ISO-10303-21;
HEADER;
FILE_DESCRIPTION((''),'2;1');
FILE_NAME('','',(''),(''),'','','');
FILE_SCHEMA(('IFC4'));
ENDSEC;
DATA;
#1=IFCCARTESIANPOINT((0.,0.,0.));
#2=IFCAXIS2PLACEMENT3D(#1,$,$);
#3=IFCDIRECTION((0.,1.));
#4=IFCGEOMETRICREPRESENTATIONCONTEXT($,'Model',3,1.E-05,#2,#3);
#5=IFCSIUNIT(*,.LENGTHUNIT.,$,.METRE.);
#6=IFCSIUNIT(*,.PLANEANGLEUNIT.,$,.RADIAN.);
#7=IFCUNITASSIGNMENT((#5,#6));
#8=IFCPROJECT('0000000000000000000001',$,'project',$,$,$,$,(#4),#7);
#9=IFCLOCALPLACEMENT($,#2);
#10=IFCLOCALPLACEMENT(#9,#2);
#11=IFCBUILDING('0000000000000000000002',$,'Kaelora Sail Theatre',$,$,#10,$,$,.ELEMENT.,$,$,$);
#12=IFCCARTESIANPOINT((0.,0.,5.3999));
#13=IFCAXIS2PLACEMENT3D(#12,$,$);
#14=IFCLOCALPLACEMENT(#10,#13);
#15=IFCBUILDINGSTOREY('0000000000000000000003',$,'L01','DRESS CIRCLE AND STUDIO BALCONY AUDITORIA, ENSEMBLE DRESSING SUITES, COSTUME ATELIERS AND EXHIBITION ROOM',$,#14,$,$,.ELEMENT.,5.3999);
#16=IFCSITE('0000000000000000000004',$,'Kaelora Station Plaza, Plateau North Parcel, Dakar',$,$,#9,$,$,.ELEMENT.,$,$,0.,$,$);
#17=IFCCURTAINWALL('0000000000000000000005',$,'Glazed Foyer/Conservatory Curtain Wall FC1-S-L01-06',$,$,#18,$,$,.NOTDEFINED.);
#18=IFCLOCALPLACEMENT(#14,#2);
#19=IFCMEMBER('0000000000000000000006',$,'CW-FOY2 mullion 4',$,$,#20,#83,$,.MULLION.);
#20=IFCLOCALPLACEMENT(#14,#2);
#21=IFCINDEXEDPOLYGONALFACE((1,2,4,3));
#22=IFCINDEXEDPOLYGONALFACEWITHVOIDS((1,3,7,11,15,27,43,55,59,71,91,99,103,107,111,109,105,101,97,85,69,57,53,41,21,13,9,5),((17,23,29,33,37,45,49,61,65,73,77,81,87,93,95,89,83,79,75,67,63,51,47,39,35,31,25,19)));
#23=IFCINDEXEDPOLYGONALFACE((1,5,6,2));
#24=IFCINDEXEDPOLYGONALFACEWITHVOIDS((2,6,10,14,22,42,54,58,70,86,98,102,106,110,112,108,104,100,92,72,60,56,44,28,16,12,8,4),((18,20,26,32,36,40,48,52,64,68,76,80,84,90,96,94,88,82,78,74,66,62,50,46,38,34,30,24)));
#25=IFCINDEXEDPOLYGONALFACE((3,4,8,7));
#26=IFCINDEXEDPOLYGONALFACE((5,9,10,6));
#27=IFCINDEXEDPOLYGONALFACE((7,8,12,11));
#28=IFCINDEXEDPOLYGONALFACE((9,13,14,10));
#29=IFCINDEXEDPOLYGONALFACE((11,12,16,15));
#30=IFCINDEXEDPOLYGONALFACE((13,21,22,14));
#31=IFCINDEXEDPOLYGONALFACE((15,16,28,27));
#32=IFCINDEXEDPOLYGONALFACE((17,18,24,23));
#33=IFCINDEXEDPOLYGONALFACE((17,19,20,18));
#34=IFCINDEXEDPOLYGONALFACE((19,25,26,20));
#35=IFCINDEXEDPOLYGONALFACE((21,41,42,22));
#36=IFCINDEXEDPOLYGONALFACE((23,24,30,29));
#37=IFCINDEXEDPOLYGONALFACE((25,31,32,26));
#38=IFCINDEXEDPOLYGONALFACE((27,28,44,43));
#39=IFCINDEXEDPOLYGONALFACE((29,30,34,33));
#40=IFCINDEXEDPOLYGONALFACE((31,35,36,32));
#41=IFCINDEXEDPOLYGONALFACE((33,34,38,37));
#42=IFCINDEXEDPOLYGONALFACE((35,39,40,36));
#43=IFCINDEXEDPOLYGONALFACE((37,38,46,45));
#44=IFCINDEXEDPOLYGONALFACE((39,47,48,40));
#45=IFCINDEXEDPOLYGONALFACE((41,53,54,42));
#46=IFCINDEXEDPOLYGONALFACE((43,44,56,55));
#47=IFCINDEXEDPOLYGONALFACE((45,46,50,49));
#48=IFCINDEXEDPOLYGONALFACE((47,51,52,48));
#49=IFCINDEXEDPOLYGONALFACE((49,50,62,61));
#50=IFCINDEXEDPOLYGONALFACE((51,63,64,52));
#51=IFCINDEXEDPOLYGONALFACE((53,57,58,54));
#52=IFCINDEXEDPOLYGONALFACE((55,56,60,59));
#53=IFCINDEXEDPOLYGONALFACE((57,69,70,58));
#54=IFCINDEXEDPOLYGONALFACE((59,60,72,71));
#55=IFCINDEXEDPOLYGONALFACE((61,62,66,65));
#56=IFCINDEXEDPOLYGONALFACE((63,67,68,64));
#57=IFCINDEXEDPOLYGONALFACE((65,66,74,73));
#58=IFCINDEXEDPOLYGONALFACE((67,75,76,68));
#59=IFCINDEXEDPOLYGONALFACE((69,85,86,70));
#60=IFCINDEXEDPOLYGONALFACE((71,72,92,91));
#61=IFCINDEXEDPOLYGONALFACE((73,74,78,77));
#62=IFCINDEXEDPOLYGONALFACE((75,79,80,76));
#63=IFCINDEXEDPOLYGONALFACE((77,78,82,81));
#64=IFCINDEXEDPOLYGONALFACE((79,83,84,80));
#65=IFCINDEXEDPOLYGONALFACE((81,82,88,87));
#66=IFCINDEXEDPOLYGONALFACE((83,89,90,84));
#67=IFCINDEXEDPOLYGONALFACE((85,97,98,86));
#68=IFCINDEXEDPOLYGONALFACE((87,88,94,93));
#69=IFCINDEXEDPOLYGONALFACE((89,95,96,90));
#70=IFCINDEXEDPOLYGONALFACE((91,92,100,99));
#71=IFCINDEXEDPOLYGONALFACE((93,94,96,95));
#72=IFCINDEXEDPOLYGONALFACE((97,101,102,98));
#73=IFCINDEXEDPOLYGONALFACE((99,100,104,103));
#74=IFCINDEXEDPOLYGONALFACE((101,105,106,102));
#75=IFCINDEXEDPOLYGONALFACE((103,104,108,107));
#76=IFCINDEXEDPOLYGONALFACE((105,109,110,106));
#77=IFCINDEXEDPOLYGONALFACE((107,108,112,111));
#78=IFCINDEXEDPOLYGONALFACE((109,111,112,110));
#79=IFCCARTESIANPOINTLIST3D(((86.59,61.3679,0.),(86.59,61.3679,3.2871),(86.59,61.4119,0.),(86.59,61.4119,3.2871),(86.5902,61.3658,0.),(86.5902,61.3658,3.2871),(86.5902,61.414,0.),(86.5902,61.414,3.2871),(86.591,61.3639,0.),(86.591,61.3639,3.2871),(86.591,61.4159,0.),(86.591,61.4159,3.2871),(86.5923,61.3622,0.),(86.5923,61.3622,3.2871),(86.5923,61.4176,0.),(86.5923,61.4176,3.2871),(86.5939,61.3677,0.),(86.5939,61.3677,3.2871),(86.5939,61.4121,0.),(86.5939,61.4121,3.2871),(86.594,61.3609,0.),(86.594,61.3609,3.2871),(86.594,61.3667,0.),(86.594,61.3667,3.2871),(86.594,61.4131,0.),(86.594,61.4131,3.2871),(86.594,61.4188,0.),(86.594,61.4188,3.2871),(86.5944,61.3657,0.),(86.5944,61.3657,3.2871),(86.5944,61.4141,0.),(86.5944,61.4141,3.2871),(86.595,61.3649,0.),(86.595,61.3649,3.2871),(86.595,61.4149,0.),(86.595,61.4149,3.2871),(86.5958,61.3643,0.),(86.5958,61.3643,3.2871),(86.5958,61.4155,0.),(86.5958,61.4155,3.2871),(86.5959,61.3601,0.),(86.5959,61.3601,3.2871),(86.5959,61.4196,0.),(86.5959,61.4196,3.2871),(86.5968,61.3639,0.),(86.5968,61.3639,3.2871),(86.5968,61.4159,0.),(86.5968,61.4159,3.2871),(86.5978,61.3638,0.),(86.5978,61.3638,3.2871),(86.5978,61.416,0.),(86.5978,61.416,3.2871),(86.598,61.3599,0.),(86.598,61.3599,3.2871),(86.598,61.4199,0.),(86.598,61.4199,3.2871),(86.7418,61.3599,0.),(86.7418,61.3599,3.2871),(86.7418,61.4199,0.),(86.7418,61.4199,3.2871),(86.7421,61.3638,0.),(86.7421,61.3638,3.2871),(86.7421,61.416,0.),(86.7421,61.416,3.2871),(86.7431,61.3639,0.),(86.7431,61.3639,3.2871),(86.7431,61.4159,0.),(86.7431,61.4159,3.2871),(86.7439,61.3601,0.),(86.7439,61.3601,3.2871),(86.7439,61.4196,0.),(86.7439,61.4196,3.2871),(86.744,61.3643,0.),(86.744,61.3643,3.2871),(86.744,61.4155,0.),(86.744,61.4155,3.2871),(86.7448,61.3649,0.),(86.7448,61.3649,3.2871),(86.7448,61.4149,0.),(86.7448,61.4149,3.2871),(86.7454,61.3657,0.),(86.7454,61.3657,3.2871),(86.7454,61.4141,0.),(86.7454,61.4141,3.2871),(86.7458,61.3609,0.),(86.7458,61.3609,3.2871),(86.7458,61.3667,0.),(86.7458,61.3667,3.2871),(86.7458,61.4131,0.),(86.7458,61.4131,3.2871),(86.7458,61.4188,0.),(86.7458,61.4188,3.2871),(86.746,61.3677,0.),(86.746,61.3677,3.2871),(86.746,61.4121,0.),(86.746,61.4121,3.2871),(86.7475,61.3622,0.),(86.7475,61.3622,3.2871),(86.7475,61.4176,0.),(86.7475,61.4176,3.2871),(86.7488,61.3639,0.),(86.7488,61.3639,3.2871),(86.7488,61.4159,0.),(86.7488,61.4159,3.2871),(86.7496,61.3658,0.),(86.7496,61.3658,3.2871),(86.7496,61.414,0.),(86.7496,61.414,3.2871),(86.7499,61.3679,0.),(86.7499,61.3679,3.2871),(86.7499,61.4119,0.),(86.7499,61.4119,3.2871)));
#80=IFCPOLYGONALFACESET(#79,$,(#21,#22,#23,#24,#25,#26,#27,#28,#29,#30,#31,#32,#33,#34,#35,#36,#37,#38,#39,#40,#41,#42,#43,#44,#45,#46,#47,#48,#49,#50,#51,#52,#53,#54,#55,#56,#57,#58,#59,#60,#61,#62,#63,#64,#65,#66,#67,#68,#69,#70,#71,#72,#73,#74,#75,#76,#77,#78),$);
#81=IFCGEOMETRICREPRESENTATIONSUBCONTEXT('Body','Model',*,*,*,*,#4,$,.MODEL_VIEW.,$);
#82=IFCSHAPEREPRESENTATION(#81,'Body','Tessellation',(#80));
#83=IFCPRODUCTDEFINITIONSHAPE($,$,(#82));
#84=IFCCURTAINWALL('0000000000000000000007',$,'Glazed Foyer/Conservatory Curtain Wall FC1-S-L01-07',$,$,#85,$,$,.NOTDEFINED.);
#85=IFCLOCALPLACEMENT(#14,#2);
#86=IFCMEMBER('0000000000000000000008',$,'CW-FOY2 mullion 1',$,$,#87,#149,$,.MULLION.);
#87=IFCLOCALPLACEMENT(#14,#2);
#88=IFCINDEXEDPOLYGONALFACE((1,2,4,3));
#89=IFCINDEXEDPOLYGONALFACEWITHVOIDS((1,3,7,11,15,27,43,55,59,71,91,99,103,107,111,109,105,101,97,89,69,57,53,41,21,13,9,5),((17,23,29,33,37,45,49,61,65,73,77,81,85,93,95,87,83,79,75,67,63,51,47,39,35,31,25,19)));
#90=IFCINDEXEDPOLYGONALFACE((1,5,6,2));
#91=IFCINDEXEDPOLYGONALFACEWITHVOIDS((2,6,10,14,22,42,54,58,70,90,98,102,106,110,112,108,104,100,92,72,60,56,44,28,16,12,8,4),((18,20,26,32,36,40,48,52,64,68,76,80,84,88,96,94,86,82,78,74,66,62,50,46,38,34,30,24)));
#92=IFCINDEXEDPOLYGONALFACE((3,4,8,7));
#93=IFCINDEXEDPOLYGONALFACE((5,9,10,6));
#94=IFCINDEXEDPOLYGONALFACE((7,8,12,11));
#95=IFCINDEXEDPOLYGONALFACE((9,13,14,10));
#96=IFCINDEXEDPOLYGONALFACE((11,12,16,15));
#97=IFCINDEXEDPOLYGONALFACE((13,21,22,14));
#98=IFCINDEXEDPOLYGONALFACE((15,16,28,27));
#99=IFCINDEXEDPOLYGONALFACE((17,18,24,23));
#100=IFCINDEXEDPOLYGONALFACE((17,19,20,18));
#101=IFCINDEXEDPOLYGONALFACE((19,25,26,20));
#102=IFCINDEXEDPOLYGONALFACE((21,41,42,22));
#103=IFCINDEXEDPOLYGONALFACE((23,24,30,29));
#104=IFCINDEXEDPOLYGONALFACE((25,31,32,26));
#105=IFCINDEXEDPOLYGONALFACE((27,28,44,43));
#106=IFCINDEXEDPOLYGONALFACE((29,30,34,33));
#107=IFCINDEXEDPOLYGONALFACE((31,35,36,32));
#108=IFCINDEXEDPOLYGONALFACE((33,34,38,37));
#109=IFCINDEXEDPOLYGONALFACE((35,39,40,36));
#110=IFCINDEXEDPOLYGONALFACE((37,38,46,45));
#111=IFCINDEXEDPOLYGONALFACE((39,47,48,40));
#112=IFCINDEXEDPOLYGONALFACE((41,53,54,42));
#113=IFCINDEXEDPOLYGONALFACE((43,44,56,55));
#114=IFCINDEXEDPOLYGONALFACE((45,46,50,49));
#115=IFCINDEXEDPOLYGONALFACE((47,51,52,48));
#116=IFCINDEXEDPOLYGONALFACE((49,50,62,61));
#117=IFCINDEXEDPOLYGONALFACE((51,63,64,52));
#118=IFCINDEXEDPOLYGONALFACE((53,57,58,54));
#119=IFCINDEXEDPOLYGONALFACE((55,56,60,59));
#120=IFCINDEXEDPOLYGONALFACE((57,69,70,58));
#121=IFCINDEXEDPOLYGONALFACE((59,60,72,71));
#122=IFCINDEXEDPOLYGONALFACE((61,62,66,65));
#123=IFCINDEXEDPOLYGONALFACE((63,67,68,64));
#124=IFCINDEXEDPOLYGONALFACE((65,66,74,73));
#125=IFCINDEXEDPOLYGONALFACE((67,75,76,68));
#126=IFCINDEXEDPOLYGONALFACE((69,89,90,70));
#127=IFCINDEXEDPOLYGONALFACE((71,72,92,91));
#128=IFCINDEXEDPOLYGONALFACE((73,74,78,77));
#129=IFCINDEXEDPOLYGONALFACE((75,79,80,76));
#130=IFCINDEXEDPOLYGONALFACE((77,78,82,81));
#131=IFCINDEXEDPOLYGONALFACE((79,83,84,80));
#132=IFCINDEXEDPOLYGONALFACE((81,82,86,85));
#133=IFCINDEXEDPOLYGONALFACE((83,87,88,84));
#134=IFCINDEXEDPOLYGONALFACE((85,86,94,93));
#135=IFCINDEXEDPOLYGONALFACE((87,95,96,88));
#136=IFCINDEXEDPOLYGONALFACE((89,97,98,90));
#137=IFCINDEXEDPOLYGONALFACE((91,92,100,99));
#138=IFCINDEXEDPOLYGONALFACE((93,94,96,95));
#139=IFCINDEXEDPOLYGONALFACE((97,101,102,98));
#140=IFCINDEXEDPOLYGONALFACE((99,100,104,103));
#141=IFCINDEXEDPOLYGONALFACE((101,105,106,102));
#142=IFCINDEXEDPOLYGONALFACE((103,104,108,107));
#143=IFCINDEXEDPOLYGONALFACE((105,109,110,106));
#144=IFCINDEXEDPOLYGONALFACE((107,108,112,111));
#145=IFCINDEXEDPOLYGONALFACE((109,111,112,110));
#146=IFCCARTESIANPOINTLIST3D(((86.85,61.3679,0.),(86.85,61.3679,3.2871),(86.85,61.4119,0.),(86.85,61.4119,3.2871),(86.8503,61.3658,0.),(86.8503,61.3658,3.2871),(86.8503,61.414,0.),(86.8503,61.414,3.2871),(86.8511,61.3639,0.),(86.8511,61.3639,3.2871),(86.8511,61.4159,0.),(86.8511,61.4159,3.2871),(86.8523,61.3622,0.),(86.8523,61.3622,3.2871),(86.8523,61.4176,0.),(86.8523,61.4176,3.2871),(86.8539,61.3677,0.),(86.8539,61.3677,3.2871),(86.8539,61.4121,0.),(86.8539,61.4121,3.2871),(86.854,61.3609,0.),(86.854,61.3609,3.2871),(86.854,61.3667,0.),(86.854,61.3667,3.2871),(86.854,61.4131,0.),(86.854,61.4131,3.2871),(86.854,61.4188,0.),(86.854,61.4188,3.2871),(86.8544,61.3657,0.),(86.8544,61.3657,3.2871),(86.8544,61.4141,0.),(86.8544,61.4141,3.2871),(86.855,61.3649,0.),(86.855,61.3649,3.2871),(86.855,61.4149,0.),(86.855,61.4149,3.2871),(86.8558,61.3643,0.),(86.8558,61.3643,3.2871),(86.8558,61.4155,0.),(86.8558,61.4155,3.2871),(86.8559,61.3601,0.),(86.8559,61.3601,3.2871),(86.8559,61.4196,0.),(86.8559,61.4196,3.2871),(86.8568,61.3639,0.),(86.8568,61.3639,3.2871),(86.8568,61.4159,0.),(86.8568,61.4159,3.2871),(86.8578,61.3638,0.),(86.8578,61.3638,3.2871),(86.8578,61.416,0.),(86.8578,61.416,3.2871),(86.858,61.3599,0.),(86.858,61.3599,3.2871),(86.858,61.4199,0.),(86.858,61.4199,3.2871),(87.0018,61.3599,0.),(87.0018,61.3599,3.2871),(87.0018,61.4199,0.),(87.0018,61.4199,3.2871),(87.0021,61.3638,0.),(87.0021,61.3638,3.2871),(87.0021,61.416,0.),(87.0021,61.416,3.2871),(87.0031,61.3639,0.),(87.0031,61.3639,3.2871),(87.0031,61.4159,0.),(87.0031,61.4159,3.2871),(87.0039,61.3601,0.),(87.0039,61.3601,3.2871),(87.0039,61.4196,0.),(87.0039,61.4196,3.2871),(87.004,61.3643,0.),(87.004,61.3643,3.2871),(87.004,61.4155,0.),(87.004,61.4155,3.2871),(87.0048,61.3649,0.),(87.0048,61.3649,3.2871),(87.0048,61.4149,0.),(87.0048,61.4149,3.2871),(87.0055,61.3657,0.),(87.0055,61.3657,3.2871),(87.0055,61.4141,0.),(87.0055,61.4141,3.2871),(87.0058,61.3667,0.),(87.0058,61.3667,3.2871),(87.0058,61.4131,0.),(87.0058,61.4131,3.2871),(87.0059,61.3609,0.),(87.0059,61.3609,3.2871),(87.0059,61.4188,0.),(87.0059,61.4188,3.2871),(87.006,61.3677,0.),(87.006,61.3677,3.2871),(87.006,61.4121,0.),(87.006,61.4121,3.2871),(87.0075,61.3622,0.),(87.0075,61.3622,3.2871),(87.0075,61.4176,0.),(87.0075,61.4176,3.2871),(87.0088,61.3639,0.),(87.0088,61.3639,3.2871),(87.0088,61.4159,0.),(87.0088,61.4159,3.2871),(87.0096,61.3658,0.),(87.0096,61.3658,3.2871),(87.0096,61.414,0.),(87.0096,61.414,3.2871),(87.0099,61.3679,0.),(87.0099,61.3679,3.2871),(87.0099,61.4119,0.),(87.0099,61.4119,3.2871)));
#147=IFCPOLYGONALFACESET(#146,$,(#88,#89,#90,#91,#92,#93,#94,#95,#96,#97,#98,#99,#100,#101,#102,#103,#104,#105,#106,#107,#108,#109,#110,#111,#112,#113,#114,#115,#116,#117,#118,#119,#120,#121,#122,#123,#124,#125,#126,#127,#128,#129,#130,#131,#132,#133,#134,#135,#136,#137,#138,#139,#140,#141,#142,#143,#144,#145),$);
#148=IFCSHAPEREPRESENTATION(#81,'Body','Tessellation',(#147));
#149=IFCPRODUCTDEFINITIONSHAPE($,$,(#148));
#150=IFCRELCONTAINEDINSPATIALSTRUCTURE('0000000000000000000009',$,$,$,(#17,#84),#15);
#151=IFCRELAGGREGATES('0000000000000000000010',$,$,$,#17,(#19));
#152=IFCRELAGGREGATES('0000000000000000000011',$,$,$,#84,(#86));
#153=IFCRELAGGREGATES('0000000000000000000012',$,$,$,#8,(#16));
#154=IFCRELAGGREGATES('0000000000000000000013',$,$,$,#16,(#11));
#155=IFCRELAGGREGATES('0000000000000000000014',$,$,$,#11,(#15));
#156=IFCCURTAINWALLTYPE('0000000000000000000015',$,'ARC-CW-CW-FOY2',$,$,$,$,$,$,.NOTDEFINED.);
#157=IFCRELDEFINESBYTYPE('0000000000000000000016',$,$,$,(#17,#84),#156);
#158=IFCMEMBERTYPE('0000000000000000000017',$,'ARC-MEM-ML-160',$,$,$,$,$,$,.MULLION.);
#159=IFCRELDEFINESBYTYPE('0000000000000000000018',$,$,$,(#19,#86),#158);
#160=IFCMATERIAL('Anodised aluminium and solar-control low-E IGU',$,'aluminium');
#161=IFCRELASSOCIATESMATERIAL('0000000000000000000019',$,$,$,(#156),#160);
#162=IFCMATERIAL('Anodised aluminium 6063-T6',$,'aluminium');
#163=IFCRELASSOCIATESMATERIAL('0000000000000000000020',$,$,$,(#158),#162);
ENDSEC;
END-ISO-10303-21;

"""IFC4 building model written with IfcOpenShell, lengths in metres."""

from ifc_helpers import new_model, si_unit, direction, frame, origin, origin_2d, place, context, subcontext, project, spatial, hollow_rectangle, extrude, material, material_profile, profile_set, type_object, element, aggregate, save


model = new_model("IFC4")

# Units and contexts
model_context = context("Model", 3, precision=1e-05, world=origin(), true_north=direction((0.0, 1.0)))
body_context = subcontext(model_context, "Body", "Model", "MODEL_VIEW")
ifc_project = project(units=[si_unit("LENGTHUNIT", "METRE"), si_unit("PLANEANGLEUNIT", "RADIAN")], contexts=[model_context])

# Site, building, storey
site_placement = place(None, origin())
site = spatial("IfcSite", under=ifc_project, at=site_placement, Name="Kaelora Station Plaza, Plateau North Parcel, Dakar", CompositionType="ELEMENT", RefElevation=0.0)
building_placement = place(site_placement, origin())
building = spatial("IfcBuilding", under=site, at=building_placement, Name="Kaelora Sail Theatre", CompositionType="ELEMENT")
storey_placement = place(building_placement, frame((0.0, 0.0, 5.3999)))
storey = spatial("IfcBuildingStorey", under=building, at=storey_placement, Name="L01", Description="DRESS CIRCLE AND STUDIO BALCONY AUDITORIA, ENSEMBLE DRESSING SUITES, COSTUME ATELIERS AND EXHIBITION ROOM", CompositionType="ELEMENT", Elevation=5.3999)

# Curtain walls, members
ifc_material_1 = material(Name="Anodised aluminium and solar-control low-E IGU", Category="aluminium")
curtain_wall_type = type_object("IfcCurtainWallType", Name="ARC-CW-CW-FOY2", PredefinedType="NOTDEFINED", material=ifc_material_1)
curtain_wall_1_placement = place(storey_placement, origin())
curtain_wall_1 = element("IfcCurtainWall", 1, at=curtain_wall_1_placement, inside=storey, type_object=curtain_wall_type, Name="Glazed Foyer/Conservatory Curtain Wall FC1-S-L01-06", PredefinedType="NOTDEFINED")
ifc_material_2 = material(Name="Anodised aluminium 6063-T6", Category="aluminium")
ifc_material_profile_1 = material_profile(ifc_material_2, hollow_rectangle(XDim=0.0601, YDim=0.1599, WallThickness=0.0039, InnerFilletRadius=0.0039, OuterFilletRadius=0.0081, at=origin_2d()), Name="ALU-MULL 60x160x4")
ifc_profile_set_1 = profile_set([ifc_material_profile_1], Name="Anodised aluminium 6063-T6")
member_type_1 = type_object("IfcMemberType", Name="ARC-MEM-ML-160", PredefinedType="MULLION", material=ifc_profile_set_1)
member_1_placement = place(storey_placement, frame((86.6699, 61.3899, 0.0), z_axis=(0.0, 0.0, 1.0), x_axis=(0.0, 1.0, 0.0)))
member_1 = element("IfcMember", 2, at=member_1_placement, type_object=member_type_1, Name="CW-FOY2 mullion 4", PredefinedType="MULLION", context=body_context, shape_type="SweptSolid", body=[
    extrude(hollow_rectangle(XDim=0.0601, YDim=0.1599, WallThickness=0.0039, InnerFilletRadius=0.0039, OuterFilletRadius=0.0081, at=origin_2d()), origin(), (0.0, 0.0, 1.0), 3.2871),
])
curtain_wall_2_placement = place(storey_placement, origin())
curtain_wall_2 = element("IfcCurtainWall", 3, at=curtain_wall_2_placement, inside=storey, type_object=curtain_wall_type, Name="Glazed Foyer/Conservatory Curtain Wall FC1-S-L01-07", PredefinedType="NOTDEFINED")
member_2_placement = place(storey_placement, frame((86.9299, 61.3899, 0.0), z_axis=(0.0, 0.0, 1.0), x_axis=(0.0, 1.0, 0.0)))
member_2 = element("IfcMember", 4, at=member_2_placement, type_object=member_type_1, Name="CW-FOY2 mullion 1", PredefinedType="MULLION", context=body_context, shape_type="SweptSolid", body=[
    extrude(hollow_rectangle(XDim=0.0601, YDim=0.1599, WallThickness=0.0039, InnerFilletRadius=0.0039, OuterFilletRadius=0.0081, at=origin_2d()), origin(), (0.0, 0.0, 1.0), 3.2871),
])

aggregate(curtain_wall_1, [member_1])
aggregate(curtain_wall_2, [member_2])

save(model, "model.ifc")
